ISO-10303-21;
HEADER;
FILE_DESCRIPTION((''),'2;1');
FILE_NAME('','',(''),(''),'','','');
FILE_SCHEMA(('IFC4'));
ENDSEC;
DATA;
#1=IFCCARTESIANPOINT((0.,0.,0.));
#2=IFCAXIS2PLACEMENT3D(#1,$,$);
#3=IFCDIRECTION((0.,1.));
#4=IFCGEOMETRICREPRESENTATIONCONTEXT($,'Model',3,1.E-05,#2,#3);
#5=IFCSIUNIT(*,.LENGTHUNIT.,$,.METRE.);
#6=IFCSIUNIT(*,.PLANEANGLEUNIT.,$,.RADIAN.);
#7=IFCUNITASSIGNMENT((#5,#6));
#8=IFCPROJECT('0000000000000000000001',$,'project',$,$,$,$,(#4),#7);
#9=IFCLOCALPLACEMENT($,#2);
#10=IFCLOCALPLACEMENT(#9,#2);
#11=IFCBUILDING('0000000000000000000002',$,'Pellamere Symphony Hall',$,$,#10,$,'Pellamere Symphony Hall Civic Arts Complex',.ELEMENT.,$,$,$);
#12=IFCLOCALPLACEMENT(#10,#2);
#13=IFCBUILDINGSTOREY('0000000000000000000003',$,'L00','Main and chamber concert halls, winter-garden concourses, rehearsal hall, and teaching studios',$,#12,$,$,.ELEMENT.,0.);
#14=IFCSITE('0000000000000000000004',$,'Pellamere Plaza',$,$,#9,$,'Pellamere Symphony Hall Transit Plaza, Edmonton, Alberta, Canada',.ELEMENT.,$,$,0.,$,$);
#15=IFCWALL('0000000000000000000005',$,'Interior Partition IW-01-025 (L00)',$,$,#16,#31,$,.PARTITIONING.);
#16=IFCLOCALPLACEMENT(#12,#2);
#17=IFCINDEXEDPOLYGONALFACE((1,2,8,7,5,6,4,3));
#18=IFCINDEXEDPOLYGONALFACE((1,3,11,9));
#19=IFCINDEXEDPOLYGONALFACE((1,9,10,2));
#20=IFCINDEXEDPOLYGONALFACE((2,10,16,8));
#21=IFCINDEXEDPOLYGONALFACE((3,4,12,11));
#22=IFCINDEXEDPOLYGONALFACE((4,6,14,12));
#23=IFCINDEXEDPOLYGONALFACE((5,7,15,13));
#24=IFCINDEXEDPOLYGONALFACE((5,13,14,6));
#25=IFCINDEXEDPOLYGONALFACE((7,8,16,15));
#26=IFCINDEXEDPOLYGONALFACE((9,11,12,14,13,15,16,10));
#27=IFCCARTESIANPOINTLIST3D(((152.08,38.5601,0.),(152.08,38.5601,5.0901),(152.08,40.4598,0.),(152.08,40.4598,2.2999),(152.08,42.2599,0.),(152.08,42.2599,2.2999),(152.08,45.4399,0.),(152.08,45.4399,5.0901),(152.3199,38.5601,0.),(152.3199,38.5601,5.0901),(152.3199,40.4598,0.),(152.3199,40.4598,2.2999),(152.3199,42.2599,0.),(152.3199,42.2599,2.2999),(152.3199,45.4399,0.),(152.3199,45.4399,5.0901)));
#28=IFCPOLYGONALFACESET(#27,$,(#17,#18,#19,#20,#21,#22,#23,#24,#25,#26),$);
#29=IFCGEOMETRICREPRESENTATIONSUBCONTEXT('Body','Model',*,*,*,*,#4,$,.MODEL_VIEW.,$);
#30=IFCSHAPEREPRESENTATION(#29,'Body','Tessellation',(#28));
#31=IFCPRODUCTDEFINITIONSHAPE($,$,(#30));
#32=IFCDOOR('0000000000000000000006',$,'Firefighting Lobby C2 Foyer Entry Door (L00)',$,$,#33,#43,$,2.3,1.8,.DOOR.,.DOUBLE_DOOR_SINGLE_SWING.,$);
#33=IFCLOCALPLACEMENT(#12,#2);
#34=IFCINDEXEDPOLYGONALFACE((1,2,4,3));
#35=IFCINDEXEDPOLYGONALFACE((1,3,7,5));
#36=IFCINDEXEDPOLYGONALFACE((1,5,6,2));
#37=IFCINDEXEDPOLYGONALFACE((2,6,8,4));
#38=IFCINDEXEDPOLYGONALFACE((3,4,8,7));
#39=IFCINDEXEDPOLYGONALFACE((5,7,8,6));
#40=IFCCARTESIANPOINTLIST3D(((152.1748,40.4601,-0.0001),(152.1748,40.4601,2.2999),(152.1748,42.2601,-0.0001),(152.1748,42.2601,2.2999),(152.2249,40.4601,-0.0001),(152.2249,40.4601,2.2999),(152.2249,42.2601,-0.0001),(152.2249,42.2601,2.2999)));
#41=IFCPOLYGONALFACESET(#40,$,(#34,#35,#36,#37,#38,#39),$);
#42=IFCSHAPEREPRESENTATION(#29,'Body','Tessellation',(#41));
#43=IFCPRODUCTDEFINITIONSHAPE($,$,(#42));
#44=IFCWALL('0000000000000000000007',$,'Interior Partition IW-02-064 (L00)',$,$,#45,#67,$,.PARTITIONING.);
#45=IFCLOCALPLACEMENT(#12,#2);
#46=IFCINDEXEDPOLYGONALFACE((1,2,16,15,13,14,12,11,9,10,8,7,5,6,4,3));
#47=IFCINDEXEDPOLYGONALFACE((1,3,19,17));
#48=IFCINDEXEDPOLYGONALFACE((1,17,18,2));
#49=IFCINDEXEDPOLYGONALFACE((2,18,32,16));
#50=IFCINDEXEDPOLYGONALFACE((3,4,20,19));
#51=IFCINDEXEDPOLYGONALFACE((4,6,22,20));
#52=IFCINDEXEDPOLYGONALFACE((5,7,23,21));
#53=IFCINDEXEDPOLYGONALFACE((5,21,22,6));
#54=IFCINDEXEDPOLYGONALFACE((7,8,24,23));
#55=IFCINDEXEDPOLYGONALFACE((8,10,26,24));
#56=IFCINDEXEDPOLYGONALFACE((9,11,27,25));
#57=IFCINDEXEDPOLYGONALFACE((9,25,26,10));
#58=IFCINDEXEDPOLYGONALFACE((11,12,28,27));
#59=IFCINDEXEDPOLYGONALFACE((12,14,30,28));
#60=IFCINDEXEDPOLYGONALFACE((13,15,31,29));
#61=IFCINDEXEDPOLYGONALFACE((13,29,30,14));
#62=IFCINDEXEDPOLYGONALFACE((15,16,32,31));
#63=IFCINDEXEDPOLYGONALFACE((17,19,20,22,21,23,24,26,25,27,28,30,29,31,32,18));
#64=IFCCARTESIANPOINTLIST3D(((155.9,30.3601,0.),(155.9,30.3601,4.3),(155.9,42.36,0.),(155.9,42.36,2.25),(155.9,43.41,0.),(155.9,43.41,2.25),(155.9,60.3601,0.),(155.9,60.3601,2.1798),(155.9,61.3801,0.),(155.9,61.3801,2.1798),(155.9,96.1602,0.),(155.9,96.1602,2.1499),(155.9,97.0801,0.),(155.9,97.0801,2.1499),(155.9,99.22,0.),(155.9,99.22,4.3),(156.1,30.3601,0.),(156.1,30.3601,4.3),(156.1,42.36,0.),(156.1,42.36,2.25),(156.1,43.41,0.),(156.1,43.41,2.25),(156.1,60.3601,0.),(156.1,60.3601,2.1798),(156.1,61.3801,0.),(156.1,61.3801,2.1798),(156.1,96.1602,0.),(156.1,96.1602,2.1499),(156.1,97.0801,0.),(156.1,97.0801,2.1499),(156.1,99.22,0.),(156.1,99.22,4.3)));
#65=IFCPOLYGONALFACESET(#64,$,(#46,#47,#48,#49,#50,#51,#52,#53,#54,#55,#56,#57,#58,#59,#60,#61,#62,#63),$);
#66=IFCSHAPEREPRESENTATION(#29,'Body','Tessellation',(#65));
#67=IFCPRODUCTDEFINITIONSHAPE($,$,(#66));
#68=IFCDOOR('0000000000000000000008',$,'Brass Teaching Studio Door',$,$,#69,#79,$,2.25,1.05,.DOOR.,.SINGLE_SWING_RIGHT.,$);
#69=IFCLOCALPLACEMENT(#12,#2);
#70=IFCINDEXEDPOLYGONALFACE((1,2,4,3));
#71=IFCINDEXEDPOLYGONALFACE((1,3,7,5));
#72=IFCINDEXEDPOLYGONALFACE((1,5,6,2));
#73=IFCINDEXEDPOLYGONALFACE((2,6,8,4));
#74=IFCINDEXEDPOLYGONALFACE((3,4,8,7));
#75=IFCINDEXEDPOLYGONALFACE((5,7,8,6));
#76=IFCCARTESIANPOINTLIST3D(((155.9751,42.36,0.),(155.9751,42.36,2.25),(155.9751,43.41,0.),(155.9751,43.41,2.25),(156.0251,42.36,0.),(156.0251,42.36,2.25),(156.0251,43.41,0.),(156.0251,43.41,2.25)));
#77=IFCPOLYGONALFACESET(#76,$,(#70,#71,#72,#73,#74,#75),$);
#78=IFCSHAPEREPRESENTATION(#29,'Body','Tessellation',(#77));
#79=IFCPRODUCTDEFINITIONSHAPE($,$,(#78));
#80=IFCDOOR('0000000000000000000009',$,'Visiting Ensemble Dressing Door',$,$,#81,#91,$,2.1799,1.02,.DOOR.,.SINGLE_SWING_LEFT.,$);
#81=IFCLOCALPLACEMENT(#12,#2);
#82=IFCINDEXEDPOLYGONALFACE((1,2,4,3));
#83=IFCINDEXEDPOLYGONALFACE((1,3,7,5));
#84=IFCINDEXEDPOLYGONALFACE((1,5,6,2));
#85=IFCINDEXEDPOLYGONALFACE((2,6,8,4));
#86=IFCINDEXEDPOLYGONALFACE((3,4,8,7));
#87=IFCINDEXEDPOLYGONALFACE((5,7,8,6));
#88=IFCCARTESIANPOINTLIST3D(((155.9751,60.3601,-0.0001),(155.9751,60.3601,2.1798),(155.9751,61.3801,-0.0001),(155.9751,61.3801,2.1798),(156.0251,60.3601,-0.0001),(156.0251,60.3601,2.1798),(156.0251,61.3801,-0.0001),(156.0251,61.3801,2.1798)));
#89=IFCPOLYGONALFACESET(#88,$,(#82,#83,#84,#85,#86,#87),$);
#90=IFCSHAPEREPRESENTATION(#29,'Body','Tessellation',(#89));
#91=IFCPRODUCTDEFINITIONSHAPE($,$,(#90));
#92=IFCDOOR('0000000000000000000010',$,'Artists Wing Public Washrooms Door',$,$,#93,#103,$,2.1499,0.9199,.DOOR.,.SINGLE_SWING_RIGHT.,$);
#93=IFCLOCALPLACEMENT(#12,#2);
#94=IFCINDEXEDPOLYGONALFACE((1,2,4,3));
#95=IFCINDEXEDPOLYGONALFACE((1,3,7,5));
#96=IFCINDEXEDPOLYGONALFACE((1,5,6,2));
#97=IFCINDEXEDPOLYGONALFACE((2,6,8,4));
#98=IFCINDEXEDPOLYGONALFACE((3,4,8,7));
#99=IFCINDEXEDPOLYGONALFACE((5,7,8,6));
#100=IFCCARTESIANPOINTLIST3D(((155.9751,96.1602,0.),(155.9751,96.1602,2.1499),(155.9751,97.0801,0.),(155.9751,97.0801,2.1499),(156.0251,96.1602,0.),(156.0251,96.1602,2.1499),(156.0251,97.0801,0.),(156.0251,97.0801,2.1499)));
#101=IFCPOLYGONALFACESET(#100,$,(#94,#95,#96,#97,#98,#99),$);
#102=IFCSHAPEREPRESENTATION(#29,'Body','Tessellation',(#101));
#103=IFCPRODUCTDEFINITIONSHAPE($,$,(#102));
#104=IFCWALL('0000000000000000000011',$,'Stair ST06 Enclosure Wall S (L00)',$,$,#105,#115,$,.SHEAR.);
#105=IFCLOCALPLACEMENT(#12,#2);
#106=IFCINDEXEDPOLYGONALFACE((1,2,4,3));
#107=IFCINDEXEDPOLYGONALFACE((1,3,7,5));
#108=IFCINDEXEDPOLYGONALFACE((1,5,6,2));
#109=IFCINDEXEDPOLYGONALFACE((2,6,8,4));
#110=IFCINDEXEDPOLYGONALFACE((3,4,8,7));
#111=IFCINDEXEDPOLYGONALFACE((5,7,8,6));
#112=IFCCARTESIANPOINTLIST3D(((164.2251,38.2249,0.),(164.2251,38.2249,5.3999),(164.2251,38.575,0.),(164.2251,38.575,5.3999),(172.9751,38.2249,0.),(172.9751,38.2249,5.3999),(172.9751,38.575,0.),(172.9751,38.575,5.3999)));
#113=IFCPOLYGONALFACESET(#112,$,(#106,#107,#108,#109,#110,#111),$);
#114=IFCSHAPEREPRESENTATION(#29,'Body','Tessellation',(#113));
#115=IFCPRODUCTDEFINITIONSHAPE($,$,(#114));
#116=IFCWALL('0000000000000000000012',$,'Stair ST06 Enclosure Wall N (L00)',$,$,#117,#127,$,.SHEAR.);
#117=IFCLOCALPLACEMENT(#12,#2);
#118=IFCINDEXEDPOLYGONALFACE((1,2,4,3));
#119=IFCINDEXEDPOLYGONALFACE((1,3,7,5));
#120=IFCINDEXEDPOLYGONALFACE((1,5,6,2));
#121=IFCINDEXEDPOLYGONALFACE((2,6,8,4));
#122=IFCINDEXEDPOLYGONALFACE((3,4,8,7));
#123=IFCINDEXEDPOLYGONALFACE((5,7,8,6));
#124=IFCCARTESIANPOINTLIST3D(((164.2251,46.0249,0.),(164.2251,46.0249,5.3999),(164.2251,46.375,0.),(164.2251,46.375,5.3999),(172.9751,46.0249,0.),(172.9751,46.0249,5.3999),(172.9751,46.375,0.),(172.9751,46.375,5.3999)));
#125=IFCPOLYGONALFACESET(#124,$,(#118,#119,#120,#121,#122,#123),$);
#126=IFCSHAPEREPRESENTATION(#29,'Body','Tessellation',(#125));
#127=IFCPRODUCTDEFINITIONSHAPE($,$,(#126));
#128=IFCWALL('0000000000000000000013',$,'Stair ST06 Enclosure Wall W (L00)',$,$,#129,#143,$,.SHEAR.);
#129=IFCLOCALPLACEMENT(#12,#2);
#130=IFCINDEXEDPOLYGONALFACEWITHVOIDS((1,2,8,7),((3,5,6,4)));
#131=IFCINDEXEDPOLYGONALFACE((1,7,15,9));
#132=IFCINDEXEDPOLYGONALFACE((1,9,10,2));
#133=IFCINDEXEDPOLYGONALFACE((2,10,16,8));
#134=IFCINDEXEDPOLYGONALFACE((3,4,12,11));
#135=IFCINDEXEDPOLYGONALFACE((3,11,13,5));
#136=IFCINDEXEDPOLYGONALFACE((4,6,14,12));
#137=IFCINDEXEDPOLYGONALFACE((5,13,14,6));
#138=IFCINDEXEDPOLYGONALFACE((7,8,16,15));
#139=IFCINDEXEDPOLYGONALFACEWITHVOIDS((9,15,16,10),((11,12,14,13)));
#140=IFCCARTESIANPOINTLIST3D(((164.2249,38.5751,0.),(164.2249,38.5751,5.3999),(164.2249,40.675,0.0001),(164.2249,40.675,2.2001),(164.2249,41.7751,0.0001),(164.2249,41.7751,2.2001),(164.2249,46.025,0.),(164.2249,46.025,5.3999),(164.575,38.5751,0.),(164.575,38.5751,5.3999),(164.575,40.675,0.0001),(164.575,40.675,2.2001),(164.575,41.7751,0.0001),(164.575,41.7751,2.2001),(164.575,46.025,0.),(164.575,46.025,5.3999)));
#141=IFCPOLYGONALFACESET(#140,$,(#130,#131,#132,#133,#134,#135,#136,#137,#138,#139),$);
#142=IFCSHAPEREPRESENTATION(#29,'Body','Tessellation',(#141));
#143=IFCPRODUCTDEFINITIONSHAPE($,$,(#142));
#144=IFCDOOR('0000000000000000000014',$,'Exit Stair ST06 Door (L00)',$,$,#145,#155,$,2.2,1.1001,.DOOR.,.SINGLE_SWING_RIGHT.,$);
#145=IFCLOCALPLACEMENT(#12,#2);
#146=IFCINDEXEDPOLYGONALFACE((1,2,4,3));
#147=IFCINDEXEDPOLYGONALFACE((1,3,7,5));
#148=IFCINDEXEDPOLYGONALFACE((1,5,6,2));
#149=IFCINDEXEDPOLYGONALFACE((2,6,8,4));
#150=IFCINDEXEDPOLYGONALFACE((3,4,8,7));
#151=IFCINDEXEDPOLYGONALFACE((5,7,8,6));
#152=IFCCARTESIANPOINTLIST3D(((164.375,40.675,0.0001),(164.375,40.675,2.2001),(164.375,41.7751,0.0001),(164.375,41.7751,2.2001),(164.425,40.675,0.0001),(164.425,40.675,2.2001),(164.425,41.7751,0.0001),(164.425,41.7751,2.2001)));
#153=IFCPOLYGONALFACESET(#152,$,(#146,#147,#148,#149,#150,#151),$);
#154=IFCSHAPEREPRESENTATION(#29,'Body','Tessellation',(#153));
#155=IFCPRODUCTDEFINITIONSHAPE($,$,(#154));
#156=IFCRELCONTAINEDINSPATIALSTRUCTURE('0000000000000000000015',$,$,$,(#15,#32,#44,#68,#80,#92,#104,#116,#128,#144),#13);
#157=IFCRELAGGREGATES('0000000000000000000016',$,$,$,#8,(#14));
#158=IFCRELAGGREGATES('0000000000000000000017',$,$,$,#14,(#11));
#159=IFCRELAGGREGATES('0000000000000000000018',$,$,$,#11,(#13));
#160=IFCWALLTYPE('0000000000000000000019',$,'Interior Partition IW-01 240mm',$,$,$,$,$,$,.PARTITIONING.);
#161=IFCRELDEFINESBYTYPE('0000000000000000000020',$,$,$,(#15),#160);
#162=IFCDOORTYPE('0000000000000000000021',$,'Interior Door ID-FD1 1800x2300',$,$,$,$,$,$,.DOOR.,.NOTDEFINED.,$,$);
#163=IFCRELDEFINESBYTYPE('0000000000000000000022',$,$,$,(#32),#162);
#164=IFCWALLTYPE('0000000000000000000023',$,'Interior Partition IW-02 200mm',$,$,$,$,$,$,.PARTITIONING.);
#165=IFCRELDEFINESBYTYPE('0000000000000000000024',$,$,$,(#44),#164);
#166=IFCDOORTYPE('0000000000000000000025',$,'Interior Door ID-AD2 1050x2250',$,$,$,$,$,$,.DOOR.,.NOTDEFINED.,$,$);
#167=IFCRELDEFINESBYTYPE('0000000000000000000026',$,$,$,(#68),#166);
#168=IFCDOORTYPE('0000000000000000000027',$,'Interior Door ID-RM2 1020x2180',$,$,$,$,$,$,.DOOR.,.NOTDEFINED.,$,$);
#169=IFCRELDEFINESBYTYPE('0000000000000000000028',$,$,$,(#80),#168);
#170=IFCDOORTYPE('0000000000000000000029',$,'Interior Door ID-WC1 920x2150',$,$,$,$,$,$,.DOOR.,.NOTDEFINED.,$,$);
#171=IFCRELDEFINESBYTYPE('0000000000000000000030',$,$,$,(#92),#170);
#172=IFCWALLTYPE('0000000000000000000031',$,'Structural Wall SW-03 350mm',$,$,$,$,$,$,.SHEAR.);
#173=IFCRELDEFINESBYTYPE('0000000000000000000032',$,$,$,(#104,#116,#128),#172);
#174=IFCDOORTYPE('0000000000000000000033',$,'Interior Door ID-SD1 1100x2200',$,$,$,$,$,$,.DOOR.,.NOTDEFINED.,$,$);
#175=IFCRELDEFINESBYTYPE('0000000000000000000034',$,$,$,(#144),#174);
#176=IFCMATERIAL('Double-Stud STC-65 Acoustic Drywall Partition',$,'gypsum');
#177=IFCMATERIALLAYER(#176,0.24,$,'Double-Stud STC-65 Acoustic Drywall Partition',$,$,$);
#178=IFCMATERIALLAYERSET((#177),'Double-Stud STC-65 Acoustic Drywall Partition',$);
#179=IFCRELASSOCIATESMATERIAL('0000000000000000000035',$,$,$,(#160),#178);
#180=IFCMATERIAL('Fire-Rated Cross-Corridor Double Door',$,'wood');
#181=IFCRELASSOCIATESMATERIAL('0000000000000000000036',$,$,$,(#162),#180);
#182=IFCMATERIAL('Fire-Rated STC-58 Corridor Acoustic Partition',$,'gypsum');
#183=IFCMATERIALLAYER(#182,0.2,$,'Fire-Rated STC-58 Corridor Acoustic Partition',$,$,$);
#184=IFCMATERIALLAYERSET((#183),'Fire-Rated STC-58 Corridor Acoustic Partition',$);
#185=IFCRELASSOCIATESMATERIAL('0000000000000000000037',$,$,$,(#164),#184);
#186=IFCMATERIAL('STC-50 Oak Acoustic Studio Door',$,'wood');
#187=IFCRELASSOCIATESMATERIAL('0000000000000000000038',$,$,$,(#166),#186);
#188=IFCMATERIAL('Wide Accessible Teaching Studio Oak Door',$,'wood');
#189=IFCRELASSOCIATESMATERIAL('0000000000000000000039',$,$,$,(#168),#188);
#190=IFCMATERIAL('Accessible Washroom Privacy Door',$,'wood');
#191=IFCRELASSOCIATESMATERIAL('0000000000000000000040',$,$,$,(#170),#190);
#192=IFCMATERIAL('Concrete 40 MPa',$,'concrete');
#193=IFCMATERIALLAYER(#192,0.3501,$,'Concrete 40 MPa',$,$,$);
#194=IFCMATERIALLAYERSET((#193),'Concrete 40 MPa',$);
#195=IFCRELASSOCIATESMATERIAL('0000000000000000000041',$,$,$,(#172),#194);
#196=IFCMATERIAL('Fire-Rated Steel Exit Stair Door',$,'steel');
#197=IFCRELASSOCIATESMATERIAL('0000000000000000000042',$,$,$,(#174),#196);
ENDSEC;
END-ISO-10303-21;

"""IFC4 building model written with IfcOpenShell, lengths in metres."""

from ifc_helpers import new_model, si_unit, direction, frame, frame_2d, origin, place, context, subcontext, project, spatial, rectangle, extrude, material, layer, layer_set, type_object, element, fill, save


model = new_model("IFC4")

# Units and contexts
model_context = context("Model", 3, precision=1e-05, world=origin(), true_north=direction((0.0, 1.0)))
body_context = subcontext(model_context, "Body", "Model", "MODEL_VIEW")
ifc_project = project(units=[si_unit("LENGTHUNIT", "METRE"), si_unit("PLANEANGLEUNIT", "RADIAN")], contexts=[model_context])

# Site, building, storey
site_placement = place(None, origin())
site = spatial("IfcSite", under=ifc_project, at=site_placement, Name="Pellamere Plaza", LongName="Pellamere Symphony Hall Transit Plaza, Edmonton, Alberta, Canada", CompositionType="ELEMENT", RefElevation=0.0)
building_placement = place(site_placement, origin())
building = spatial("IfcBuilding", under=site, at=building_placement, Name="Pellamere Symphony Hall", LongName="Pellamere Symphony Hall Civic Arts Complex", CompositionType="ELEMENT")
storey_placement = place(building_placement, origin())
storey = spatial("IfcBuildingStorey", under=building, at=storey_placement, Name="L00", Description="Main and chamber concert halls, winter-garden concourses, rehearsal hall, and teaching studios", CompositionType="ELEMENT", Elevation=0.0)

# Shared definitions
ifc_material_1 = material(Name="Concrete 40 MPa", Category="concrete")

# Wall, opening, door
ifc_material_2 = material(Name="Double-Stud STC-65 Acoustic Drywall Partition", Category="gypsum")
ifc_layer_1 = layer(ifc_material_2, 0.24, Name="Double-Stud STC-65 Acoustic Drywall Partition")
ifc_layer_set_1 = layer_set([ifc_layer_1], Name="Double-Stud STC-65 Acoustic Drywall Partition")
wall_type_1 = type_object("IfcWallType", Name="Interior Partition IW-01 240mm", PredefinedType="PARTITIONING", material=ifc_layer_set_1)
wall_1_placement = place(storey_placement, frame((152.2, 38.5601, 0.0), z_axis=(0.0, 0.0, 1.0), x_axis=(0.0, 1.0, 0.0)))
wall_1 = element("IfcWall", 1, at=wall_1_placement, inside=storey, type_object=wall_type_1, Name="Interior Partition IW-01-025 (L00)", PredefinedType="PARTITIONING", context=body_context, shape_type="SweptSolid", body=[
    extrude(rectangle(XDim=6.8799, YDim=0.24, at=frame_2d((3.4399, 0.0))), origin(), (0.0, 0.0, 1.0), 5.0901),
])
opening_1_placement = place(wall_1_placement, frame((1.8999, 0.0, 0.0)))
opening_1 = element("IfcOpeningElement", 2, at=opening_1_placement, cuts=wall_1, PredefinedType="OPENING", context=body_context, shape_type="SweptSolid", body=[
    extrude(rectangle(XDim=1.8, YDim=2.3, at=frame_2d((0.8999, 1.1499))), frame((0.0, 0.1299, 0.0), z_axis=(0.0, -1.0, 0.0), x_axis=(1.0, 0.0, 0.0)), (0.0, 0.0, 1.0), 0.26),
])
ifc_material_3 = material(Name="Fire-Rated Cross-Corridor Double Door", Category="wood")
door_type_1 = type_object("IfcDoorType", Name="Interior Door ID-FD1 1800x2300", OperationType="NOTDEFINED", PredefinedType="DOOR", material=ifc_material_3)
door_1_placement = place(opening_1_placement, frame((1.8, 0.0, 0.0), z_axis=(0.0, 0.0, 1.0), x_axis=(-1.0, 0.0, 0.0)))
door_1 = element("IfcDoor", 3, at=door_1_placement, inside=storey, type_object=door_type_1, Name="Firefighting Lobby C2 Foyer Entry Door (L00)", OperationType="DOUBLE_DOOR_SINGLE_SWING", OverallHeight=2.3, OverallWidth=1.8, PredefinedType="DOOR", context=body_context, shape_type="SweptSolid", body=[
    extrude(rectangle(XDim=1.8, YDim=2.3, at=frame_2d((0.8999, 1.1499))), frame((0.0, 0.0249, 0.0), z_axis=(0.0, -1.0, 0.0), x_axis=(1.0, 0.0, 0.0)), (0.0, 0.0, 1.0), 0.05),
])
fill(opening_1, door_1)

# Wall, openings, doors
ifc_material_4 = material(Name="Fire-Rated STC-58 Corridor Acoustic Partition", Category="gypsum")
ifc_layer_2 = layer(ifc_material_4, 0.2, Name="Fire-Rated STC-58 Corridor Acoustic Partition")
ifc_layer_set_2 = layer_set([ifc_layer_2], Name="Fire-Rated STC-58 Corridor Acoustic Partition")
wall_type_2 = type_object("IfcWallType", Name="Interior Partition IW-02 200mm", PredefinedType="PARTITIONING", material=ifc_layer_set_2)
wall_2_placement = place(storey_placement, frame((156.0, 30.3601, 0.0), z_axis=(0.0, 0.0, 1.0), x_axis=(0.0, 1.0, 0.0)))
wall_2 = element("IfcWall", 4, at=wall_2_placement, inside=storey, type_object=wall_type_2, Name="Interior Partition IW-02-064 (L00)", PredefinedType="PARTITIONING", context=body_context, shape_type="SweptSolid", body=[
    extrude(rectangle(XDim=68.8599, YDim=0.2, at=frame_2d((34.4299, 0.0))), origin(), (0.0, 0.0, 1.0), 4.3),
])
opening_2_placement = place(wall_2_placement, frame((12.0, 0.0, 0.0)))
opening_2 = element("IfcOpeningElement", 5, at=opening_2_placement, cuts=wall_2, PredefinedType="OPENING", context=body_context, shape_type="SweptSolid", body=[
    extrude(rectangle(XDim=1.05, YDim=2.25, at=frame_2d((0.5249, 1.125))), frame((0.0, 0.1099, 0.0), z_axis=(0.0, -1.0, 0.0), x_axis=(1.0, 0.0, 0.0)), (0.0, 0.0, 1.0), 0.22),
])
opening_3_placement = place(wall_2_placement, frame((30.0, 0.0, 0.0)))
opening_3 = element("IfcOpeningElement", 6, at=opening_3_placement, cuts=wall_2, PredefinedType="OPENING", context=body_context, shape_type="SweptSolid", body=[
    extrude(rectangle(XDim=1.02, YDim=2.1799, at=frame_2d((0.51, 1.0898))), frame((0.0, 0.1099, 0.0), z_axis=(0.0, -1.0, 0.0), x_axis=(1.0, 0.0, 0.0)), (0.0, 0.0, 1.0), 0.22),
])
opening_4_placement = place(wall_2_placement, frame((65.8, 0.0, 0.0)))
opening_4 = element("IfcOpeningElement", 7, at=opening_4_placement, cuts=wall_2, PredefinedType="OPENING", context=body_context, shape_type="SweptSolid", body=[
    extrude(rectangle(XDim=0.9199, YDim=2.1499, at=frame_2d((0.46, 1.075))), frame((0.0, 0.1099, 0.0), z_axis=(0.0, -1.0, 0.0), x_axis=(1.0, 0.0, 0.0)), (0.0, 0.0, 1.0), 0.22),
])
ifc_material_5 = material(Name="STC-50 Oak Acoustic Studio Door", Category="wood")
door_type_2 = type_object("IfcDoorType", Name="Interior Door ID-AD2 1050x2250", OperationType="NOTDEFINED", PredefinedType="DOOR", material=ifc_material_5)
door_2_placement = place(opening_2_placement, origin())
door_2 = element("IfcDoor", 8, at=door_2_placement, inside=storey, type_object=door_type_2, Name="Brass Teaching Studio Door", OperationType="SINGLE_SWING_RIGHT", OverallHeight=2.25, OverallWidth=1.05, PredefinedType="DOOR", context=body_context, shape_type="SweptSolid", body=[
    extrude(rectangle(XDim=1.05, YDim=2.25, at=frame_2d((0.5249, 1.125))), frame((0.0, 0.0249, 0.0), z_axis=(0.0, -1.0, 0.0), x_axis=(1.0, 0.0, 0.0)), (0.0, 0.0, 1.0), 0.05),
])
fill(opening_2, door_2)
ifc_material_6 = material(Name="Wide Accessible Teaching Studio Oak Door", Category="wood")
door_type_3 = type_object("IfcDoorType", Name="Interior Door ID-RM2 1020x2180", OperationType="NOTDEFINED", PredefinedType="DOOR", material=ifc_material_6)
door_3_placement = place(opening_3_placement, origin())
door_3 = element("IfcDoor", 9, at=door_3_placement, inside=storey, type_object=door_type_3, Name="Visiting Ensemble Dressing Door", OperationType="SINGLE_SWING_LEFT", OverallHeight=2.1799, OverallWidth=1.02, PredefinedType="DOOR", context=body_context, shape_type="SweptSolid", body=[
    extrude(rectangle(XDim=1.02, YDim=2.1799, at=frame_2d((0.51, 1.0898))), frame((0.0, 0.0249, 0.0), z_axis=(0.0, -1.0, 0.0), x_axis=(1.0, 0.0, 0.0)), (0.0, 0.0, 1.0), 0.05),
])
fill(opening_3, door_3)
ifc_material_7 = material(Name="Accessible Washroom Privacy Door", Category="wood")
door_type_4 = type_object("IfcDoorType", Name="Interior Door ID-WC1 920x2150", OperationType="NOTDEFINED", PredefinedType="DOOR", material=ifc_material_7)
door_4_placement = place(opening_4_placement, origin())
door_4 = element("IfcDoor", 10, at=door_4_placement, inside=storey, type_object=door_type_4, Name="Artists Wing Public Washrooms Door", OperationType="SINGLE_SWING_RIGHT", OverallHeight=2.1499, OverallWidth=0.9199, PredefinedType="DOOR", context=body_context, shape_type="SweptSolid", body=[
    extrude(rectangle(XDim=0.9199, YDim=2.1499, at=frame_2d((0.46, 1.075))), frame((0.0, 0.0249, 0.0), z_axis=(0.0, -1.0, 0.0), x_axis=(1.0, 0.0, 0.0)), (0.0, 0.0, 1.0), 0.05),
])
fill(opening_4, door_4)

# Walls
ifc_layer_3 = layer(ifc_material_1, 0.3501, Name="Concrete 40 MPa")
ifc_layer_set_3 = layer_set([ifc_layer_3], Name="Concrete 40 MPa")
wall_type_3 = type_object("IfcWallType", Name="Structural Wall SW-03 350mm", PredefinedType="SHEAR", material=ifc_layer_set_3)
for number, where, z_axis, x_axis, name in (
    (11, (164.2251, 38.3999, 0.0), (0.0, 0.0, 1.0), (1.0, 0.0, 0.0), "Stair ST06 Enclosure Wall S (L00)"),
    (12, (164.2251, 46.2, 0.0), (0.0, 0.0, 1.0), (1.0, 0.0, 0.0), "Stair ST06 Enclosure Wall N (L00)"),
):
    element("IfcWall", number, at=place(storey_placement, frame(where, z_axis=z_axis, x_axis=x_axis)), inside=storey, type_object=wall_type_3, Name=name, PredefinedType="SHEAR", context=body_context, shape_type="SweptSolid", body=[
        extrude(rectangle(XDim=8.75, YDim=0.3501, at=frame_2d((4.375, 0.0))), origin(), (0.0, 0.0, 1.0), 5.3999),
    ])

# Wall, opening, door
wall_3_placement = place(storey_placement, frame((164.3999, 38.575, 0.0), z_axis=(0.0, 0.0, 1.0), x_axis=(0.0, 1.0, 0.0)))
wall_3 = element("IfcWall", 13, at=wall_3_placement, inside=storey, type_object=wall_type_3, Name="Stair ST06 Enclosure Wall W (L00)", PredefinedType="SHEAR", context=body_context, shape_type="SweptSolid", body=[
    extrude(rectangle(XDim=7.45, YDim=0.3501, at=frame_2d((3.7251, 0.0))), origin(), (0.0, 0.0, 1.0), 5.3999),
])
opening_5_placement = place(wall_3_placement, frame((2.1001, 0.0, 0.0)))
opening_5 = element("IfcOpeningElement", 14, at=opening_5_placement, cuts=wall_3, PredefinedType="OPENING", context=body_context, shape_type="SweptSolid", body=[
    extrude(rectangle(XDim=1.1001, YDim=2.2, at=frame_2d((0.55, 1.1001))), frame((0.0, 0.1851, 0.0), z_axis=(0.0, -1.0, 0.0), x_axis=(1.0, 0.0, 0.0)), (0.0, 0.0, 1.0), 0.3701),
])
ifc_material_8 = material(Name="Fire-Rated Steel Exit Stair Door", Category="steel")
door_type_5 = type_object("IfcDoorType", Name="Interior Door ID-SD1 1100x2200", OperationType="NOTDEFINED", PredefinedType="DOOR", material=ifc_material_8)
door_5_placement = place(opening_5_placement, origin())
door_5 = element("IfcDoor", 15, at=door_5_placement, inside=storey, type_object=door_type_5, Name="Exit Stair ST06 Door (L00)", OperationType="SINGLE_SWING_RIGHT", OverallHeight=2.2, OverallWidth=1.1001, PredefinedType="DOOR", context=body_context, shape_type="SweptSolid", body=[
    extrude(rectangle(XDim=1.1001, YDim=2.2, at=frame_2d((0.55, 1.1001))), frame((0.0, 0.0249, 0.0), z_axis=(0.0, -1.0, 0.0), x_axis=(1.0, 0.0, 0.0)), (0.0, 0.0, 1.0), 0.05),
])
fill(opening_5, door_5)

save(model, "model.ifc")
